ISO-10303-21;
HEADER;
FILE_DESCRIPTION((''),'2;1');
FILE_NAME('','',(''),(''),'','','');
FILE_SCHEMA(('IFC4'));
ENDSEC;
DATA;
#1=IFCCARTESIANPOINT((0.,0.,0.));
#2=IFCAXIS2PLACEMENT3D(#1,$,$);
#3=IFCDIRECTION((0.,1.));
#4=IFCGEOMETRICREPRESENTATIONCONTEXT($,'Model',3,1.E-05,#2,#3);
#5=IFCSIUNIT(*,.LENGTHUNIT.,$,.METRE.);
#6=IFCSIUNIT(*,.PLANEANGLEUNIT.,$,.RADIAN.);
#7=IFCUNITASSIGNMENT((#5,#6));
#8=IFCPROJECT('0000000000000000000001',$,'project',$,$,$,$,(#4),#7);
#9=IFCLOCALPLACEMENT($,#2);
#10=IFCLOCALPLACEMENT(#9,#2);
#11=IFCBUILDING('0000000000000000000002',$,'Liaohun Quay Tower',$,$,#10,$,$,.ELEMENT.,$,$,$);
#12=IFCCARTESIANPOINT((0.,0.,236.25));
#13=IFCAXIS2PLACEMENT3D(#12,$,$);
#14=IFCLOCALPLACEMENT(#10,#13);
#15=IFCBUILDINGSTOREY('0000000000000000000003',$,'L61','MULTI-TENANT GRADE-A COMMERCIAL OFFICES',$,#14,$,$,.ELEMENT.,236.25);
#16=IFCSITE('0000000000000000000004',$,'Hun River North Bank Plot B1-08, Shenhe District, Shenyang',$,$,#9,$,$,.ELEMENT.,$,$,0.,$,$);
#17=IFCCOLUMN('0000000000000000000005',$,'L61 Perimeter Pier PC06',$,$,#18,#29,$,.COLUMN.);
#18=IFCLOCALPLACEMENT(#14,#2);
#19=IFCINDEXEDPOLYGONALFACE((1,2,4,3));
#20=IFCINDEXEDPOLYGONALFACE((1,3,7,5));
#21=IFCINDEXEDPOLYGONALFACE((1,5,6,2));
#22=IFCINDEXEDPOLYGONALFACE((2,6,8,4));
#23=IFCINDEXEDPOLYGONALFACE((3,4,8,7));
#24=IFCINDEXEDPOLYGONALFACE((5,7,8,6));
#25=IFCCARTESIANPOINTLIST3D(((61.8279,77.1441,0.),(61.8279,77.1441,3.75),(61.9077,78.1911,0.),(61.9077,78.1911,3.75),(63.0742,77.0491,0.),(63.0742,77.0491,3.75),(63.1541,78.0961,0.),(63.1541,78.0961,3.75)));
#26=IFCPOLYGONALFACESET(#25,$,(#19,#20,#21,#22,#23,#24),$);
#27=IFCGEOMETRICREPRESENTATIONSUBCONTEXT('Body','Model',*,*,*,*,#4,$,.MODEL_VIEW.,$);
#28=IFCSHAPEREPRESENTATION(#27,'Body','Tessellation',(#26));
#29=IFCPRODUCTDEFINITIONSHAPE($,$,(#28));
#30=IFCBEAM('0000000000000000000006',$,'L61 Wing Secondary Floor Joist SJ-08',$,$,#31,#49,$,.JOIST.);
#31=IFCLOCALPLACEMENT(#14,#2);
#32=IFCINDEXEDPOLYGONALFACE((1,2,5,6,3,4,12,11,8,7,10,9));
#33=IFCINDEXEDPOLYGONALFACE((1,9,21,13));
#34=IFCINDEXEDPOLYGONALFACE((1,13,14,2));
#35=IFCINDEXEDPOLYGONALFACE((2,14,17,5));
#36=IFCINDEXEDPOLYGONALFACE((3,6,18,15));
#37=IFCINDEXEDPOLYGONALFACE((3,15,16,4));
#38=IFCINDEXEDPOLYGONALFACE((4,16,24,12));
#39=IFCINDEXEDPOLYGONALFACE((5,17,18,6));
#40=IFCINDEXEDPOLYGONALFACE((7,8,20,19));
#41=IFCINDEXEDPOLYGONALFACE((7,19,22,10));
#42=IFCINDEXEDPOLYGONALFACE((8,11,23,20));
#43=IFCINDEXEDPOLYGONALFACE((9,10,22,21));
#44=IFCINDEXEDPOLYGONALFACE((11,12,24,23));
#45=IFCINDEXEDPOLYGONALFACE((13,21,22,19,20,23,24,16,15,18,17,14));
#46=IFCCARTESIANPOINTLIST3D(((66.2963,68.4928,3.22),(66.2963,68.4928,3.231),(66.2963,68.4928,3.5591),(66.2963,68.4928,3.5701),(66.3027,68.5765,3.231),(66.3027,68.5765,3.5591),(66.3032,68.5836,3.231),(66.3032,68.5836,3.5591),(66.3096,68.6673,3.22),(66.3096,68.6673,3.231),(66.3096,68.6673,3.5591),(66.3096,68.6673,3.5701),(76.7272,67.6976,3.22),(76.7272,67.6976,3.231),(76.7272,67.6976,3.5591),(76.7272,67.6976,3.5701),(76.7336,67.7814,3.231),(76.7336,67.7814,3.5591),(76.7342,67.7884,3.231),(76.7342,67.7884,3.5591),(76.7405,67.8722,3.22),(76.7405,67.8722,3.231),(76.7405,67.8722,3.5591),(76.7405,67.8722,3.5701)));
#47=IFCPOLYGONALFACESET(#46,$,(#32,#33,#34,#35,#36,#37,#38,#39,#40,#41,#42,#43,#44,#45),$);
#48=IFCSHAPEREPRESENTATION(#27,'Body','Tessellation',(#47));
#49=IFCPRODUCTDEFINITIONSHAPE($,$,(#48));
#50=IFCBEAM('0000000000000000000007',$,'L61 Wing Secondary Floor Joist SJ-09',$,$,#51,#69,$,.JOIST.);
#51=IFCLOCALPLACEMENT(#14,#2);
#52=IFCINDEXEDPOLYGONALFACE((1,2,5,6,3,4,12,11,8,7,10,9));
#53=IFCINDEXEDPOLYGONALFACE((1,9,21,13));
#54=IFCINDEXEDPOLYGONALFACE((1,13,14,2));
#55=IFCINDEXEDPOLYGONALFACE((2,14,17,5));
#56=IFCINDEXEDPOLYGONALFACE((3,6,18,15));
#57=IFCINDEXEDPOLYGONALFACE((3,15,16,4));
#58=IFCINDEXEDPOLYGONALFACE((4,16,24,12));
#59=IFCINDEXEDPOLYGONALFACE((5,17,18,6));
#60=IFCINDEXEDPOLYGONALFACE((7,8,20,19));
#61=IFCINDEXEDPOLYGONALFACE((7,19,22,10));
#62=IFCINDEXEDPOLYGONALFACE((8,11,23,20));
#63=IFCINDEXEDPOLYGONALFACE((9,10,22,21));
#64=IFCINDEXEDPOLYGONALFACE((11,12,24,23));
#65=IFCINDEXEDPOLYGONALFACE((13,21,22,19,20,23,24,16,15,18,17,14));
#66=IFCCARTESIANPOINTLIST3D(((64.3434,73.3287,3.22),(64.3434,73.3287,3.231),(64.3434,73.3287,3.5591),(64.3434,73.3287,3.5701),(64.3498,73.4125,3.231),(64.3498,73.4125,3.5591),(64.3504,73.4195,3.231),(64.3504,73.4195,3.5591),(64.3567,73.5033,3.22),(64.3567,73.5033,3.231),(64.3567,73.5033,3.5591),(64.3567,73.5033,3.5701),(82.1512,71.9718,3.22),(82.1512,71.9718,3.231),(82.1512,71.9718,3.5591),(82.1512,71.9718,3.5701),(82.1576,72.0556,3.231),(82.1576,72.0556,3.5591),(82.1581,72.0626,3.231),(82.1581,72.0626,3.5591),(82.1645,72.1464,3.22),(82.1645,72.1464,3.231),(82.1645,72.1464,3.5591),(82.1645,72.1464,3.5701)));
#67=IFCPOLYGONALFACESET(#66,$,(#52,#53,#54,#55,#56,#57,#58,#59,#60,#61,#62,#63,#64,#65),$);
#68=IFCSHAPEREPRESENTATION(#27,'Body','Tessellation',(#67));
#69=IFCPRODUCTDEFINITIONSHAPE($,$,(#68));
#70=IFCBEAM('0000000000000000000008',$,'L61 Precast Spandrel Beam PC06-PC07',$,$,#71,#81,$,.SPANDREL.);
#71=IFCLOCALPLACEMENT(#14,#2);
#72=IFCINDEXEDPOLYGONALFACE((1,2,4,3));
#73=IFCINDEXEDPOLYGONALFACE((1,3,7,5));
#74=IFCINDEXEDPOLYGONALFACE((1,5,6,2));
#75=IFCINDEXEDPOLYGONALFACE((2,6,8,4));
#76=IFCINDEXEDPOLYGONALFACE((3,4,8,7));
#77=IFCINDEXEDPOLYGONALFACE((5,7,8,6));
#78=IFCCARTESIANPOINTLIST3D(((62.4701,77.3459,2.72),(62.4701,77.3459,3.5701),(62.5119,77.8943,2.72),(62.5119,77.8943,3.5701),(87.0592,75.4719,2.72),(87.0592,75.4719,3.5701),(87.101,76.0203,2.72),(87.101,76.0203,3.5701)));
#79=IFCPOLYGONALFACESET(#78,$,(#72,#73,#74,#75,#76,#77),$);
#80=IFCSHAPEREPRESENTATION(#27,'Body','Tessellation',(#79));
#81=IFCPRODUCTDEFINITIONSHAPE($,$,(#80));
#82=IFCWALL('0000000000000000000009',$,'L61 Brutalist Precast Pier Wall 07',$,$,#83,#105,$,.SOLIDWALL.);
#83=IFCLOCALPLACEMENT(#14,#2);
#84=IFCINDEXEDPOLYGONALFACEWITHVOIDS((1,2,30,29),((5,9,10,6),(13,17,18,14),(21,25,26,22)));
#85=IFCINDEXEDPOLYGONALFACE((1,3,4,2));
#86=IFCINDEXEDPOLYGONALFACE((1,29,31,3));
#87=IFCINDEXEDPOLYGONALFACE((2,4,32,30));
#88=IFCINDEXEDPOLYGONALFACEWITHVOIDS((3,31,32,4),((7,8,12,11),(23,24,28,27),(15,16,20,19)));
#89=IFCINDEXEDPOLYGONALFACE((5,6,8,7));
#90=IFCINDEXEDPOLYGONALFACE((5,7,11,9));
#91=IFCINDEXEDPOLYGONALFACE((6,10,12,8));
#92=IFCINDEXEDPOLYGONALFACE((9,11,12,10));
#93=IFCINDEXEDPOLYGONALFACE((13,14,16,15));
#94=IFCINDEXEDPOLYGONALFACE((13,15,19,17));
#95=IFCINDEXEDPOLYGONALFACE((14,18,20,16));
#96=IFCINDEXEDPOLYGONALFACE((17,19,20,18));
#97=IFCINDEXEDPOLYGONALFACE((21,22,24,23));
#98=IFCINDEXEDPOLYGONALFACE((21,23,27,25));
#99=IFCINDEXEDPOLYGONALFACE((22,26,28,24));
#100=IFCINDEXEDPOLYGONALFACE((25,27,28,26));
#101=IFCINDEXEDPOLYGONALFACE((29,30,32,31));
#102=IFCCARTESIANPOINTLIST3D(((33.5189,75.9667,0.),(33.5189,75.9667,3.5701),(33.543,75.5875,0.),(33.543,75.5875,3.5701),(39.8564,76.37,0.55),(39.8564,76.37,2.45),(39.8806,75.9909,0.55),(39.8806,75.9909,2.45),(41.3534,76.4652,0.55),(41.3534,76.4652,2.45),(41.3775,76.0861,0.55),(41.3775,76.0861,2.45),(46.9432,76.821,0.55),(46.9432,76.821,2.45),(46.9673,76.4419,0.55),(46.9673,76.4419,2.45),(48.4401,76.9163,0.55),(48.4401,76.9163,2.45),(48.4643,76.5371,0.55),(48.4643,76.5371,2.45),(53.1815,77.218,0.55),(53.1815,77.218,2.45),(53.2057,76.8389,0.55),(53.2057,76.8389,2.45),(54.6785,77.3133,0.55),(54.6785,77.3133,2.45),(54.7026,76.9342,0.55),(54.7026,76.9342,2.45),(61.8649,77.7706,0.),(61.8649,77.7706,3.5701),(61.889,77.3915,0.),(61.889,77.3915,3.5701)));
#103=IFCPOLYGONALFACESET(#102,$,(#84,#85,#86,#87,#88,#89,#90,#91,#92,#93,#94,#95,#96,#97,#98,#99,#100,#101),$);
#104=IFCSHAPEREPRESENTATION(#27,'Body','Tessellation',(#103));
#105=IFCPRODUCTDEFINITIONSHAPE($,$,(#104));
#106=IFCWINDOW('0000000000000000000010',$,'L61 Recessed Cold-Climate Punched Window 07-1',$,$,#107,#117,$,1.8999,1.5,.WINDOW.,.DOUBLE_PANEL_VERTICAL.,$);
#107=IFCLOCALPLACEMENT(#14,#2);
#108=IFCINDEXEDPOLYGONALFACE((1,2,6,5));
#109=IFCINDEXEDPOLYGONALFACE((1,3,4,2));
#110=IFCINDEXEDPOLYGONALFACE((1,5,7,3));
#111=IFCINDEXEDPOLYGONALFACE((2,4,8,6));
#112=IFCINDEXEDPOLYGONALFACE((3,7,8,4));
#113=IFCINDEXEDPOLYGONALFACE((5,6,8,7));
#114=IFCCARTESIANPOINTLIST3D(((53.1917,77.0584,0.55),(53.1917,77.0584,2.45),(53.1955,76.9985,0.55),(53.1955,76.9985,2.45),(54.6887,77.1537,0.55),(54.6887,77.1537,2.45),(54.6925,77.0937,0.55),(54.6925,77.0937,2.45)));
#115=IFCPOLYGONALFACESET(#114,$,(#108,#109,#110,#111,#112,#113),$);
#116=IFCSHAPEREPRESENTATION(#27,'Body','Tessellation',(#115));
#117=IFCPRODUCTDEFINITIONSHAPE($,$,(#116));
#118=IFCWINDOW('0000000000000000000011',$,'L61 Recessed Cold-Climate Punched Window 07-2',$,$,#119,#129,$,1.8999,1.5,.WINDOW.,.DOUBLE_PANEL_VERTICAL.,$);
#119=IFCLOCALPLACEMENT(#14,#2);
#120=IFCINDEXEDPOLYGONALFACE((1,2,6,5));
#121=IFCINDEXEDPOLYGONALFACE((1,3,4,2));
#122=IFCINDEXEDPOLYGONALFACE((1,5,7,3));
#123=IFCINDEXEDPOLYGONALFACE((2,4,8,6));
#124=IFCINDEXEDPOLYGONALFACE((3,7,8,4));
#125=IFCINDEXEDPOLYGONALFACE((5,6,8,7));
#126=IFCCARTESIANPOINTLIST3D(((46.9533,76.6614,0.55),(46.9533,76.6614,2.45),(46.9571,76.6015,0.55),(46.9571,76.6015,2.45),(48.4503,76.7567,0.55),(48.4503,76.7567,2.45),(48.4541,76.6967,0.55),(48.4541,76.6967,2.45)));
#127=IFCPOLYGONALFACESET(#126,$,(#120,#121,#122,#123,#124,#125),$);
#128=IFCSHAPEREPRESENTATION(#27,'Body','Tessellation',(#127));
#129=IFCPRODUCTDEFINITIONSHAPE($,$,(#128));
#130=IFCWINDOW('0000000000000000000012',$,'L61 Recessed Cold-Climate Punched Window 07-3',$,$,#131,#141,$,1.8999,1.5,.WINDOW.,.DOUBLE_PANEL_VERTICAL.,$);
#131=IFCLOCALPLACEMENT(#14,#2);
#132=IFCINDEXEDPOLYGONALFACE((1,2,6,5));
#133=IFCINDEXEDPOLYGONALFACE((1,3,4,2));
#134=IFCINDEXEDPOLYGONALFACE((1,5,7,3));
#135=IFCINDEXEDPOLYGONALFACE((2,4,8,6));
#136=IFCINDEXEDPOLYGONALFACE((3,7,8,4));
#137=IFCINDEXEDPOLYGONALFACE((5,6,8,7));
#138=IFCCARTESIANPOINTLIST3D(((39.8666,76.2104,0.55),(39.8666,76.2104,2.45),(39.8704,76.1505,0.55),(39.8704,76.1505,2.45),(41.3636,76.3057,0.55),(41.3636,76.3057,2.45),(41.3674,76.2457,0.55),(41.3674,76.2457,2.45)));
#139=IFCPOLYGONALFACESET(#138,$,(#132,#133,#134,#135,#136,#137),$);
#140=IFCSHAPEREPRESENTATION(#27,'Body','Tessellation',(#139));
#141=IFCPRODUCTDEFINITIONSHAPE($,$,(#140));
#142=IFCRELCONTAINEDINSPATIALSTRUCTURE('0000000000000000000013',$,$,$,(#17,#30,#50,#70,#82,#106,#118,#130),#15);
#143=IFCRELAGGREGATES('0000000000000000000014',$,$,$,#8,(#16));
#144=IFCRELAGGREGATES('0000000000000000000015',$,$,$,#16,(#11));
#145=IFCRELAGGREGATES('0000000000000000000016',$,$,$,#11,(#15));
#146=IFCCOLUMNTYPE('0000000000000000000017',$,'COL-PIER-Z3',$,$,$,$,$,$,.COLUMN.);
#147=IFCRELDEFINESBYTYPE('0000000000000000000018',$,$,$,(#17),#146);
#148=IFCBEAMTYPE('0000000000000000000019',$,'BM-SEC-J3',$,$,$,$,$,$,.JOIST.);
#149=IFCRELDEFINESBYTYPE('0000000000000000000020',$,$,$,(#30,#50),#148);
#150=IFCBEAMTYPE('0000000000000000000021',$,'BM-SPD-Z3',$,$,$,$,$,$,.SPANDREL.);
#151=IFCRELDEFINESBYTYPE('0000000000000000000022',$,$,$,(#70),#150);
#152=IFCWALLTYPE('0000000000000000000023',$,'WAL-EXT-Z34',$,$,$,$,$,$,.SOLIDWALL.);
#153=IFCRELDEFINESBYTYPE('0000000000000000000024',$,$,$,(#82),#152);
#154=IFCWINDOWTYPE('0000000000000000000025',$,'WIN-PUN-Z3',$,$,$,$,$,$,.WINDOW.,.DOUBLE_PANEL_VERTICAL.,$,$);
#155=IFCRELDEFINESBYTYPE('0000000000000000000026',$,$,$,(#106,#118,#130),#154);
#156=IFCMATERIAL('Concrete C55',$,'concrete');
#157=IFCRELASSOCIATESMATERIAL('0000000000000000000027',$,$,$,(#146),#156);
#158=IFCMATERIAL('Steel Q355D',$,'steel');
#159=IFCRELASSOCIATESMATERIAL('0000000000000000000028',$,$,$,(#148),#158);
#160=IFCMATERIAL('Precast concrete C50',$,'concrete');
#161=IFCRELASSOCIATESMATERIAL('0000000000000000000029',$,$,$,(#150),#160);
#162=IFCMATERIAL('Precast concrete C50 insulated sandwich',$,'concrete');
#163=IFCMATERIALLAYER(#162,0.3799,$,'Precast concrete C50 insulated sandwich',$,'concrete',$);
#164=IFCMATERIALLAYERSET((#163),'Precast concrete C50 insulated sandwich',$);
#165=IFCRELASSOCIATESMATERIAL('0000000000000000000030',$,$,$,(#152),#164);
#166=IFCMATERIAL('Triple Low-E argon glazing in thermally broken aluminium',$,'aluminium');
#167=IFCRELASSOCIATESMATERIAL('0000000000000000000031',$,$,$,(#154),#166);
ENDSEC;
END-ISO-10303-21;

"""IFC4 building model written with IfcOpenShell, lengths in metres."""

from ifc_helpers import new_model, si_unit, direction, frame, frame_2d, origin, origin_2d, place, context, subcontext, project, spatial, rectangle, i_section, extrude, source, transform, mapped, material, layer, layer_set, material_profile, profile_set, type_object, element, fill, save


model = new_model("IFC4")

# Units and contexts
model_context = context("Model", 3, precision=1e-05, world=origin(), true_north=direction((0.0, 1.0)))
body_context = subcontext(model_context, "Body", "Model", "MODEL_VIEW")
ifc_project = project(units=[si_unit("LENGTHUNIT", "METRE"), si_unit("PLANEANGLEUNIT", "RADIAN")], contexts=[model_context])

# Site, building, storey
site_placement = place(None, origin())
site = spatial("IfcSite", under=ifc_project, at=site_placement, Name="Hun River North Bank Plot B1-08, Shenhe District, Shenyang", CompositionType="ELEMENT", RefElevation=0.0)
building_placement = place(site_placement, origin())
building = spatial("IfcBuilding", under=site, at=building_placement, Name="Liaohun Quay Tower", CompositionType="ELEMENT")
storey_placement = place(building_placement, frame((0.0, 0.0, 236.25)))
storey = spatial("IfcBuildingStorey", under=building, at=storey_placement, Name="L61", Description="MULTI-TENANT GRADE-A COMMERCIAL OFFICES", CompositionType="ELEMENT", Elevation=236.25)

# Column
ifc_material_1 = material(Name="Concrete C55", Category="concrete")
ifc_material_profile_1 = material_profile(ifc_material_1, rectangle(XDim=1.25, YDim=1.05, at=origin_2d()), Name="RC1250x1050")
ifc_profile_set_1 = profile_set([ifc_material_profile_1], Name="Concrete C55")
column_type = type_object("IfcColumnType", Name="COL-PIER-Z3", PredefinedType="COLUMN", material=ifc_profile_set_1)
shared_shape_1 = source(origin(), body_context, "Body", "SweptSolid", [
    extrude(rectangle(XDim=1.25, YDim=1.05, at=origin_2d()), origin(), (0.0, 0.0, 1.0), 3.75),
])
column_placement = place(storey_placement, frame((62.491, 77.6201, 0.0), z_axis=(0.0, 0.0, 1.0), x_axis=(-0.997106, 0.076023, 0.0)))
element("IfcColumn", 1, at=column_placement, inside=storey, type_object=column_type, Name="L61 Perimeter Pier PC06", PredefinedType="COLUMN", context=body_context, shape_type="MappedRepresentation", body=[
    mapped(shared_shape_1, transform((0.0, 0.0, 0.0), x_axis=(1.0, 0.0, 0.0), y_axis=(0.0, 1.0, 0.0), z_axis=(0.0, 0.0, 1.0), scale=1.0)),
])

# Beams
ifc_material_2 = material(Name="Steel Q355D", Category="steel")
ifc_material_profile_2 = material_profile(ifc_material_2, i_section(OverallWidth=0.175, OverallDepth=0.3501, WebThickness=0.0071, FlangeThickness=0.011, at=origin_2d()), Name="HN350x175x7x11")
ifc_profile_set_2 = profile_set([ifc_material_profile_2], Name="Steel Q355D")
beam_type_1 = type_object("IfcBeamType", Name="BM-SEC-J3", PredefinedType="JOIST", material=ifc_profile_set_2)
shared_shape_2 = source(origin(), body_context, "Body", "SweptSolid", [
    extrude(i_section(OverallWidth=0.175, OverallDepth=0.3501, WebThickness=0.0071, FlangeThickness=0.011, at=origin_2d()), origin(), (0.0, 0.0, 1.0), 10.4612),
])
beam_1_placement = place(storey_placement, frame((66.303, 68.5801, 3.395), z_axis=(0.997107, -0.076011, 0.0), x_axis=(0.076011, 0.997107, 0.0)))
element("IfcBeam", 2, at=beam_1_placement, inside=storey, type_object=beam_type_1, Name="L61 Wing Secondary Floor Joist SJ-08", PredefinedType="JOIST", context=body_context, shape_type="MappedRepresentation", body=[
    mapped(shared_shape_2, transform((0.0, 0.0, 0.0), x_axis=(1.0, 0.0, 0.0), y_axis=(0.0, 1.0, 0.0), z_axis=(0.0, 0.0, 1.0), scale=1.0)),
])
shared_shape_3 = source(origin(), body_context, "Body", "SweptSolid", [
    extrude(i_section(OverallWidth=0.175, OverallDepth=0.3501, WebThickness=0.0071, FlangeThickness=0.011, at=origin_2d()), origin(), (0.0, 0.0, 1.0), 17.8594),
])
beam_2_placement = place(storey_placement, frame((64.3501, 73.416, 3.395), z_axis=(0.997109, -0.075978, 0.0), x_axis=(0.075978, 0.997109, 0.0)))
element("IfcBeam", 3, at=beam_2_placement, inside=storey, type_object=beam_type_1, Name="L61 Wing Secondary Floor Joist SJ-09", PredefinedType="JOIST", context=body_context, shape_type="MappedRepresentation", body=[
    mapped(shared_shape_3, transform((0.0, 0.0, 0.0), x_axis=(1.0, 0.0, 0.0), y_axis=(0.0, 1.0, 0.0), z_axis=(0.0, 0.0, 1.0), scale=1.0)),
])
ifc_material_3 = material(Name="Precast concrete C50", Category="concrete")
ifc_material_profile_3 = material_profile(ifc_material_3, rectangle(XDim=0.55, YDim=0.8501, at=origin_2d()), Name="RC550x850")
ifc_profile_set_3 = profile_set([ifc_material_profile_3], Name="Precast concrete C50")
beam_type_2 = type_object("IfcBeamType", Name="BM-SPD-Z3", PredefinedType="SPANDREL", material=ifc_profile_set_3)
shared_shape_4 = source(origin(), body_context, "Body", "SweptSolid", [
    extrude(rectangle(XDim=0.55, YDim=0.8501, at=origin_2d()), origin(), (0.0, 0.0, 1.0), 24.6604),
])
beam_3_placement = place(storey_placement, frame((62.491, 77.6201, 3.145), z_axis=(0.997108, -0.075993, 0.0), x_axis=(0.075993, 0.997108, 0.0)))
element("IfcBeam", 4, at=beam_3_placement, inside=storey, type_object=beam_type_2, Name="L61 Precast Spandrel Beam PC06-PC07", PredefinedType="SPANDREL", context=body_context, shape_type="MappedRepresentation", body=[
    mapped(shared_shape_4, transform((0.0, 0.0, 0.0), x_axis=(1.0, 0.0, 0.0), y_axis=(0.0, 1.0, 0.0), z_axis=(0.0, 0.0, 1.0), scale=1.0)),
])

# Wall, openings, windows
ifc_material_4 = material(Name="Precast concrete C50 insulated sandwich", Category="concrete")
ifc_layer_1 = layer(ifc_material_4, 0.3799, Name="Precast concrete C50 insulated sandwich", Category="concrete")
ifc_layer_set_1 = layer_set([ifc_layer_1], Name="Precast concrete C50 insulated sandwich")
wall_type_1 = type_object("IfcWallType", Name="WAL-EXT-Z34", PredefinedType="SOLIDWALL", material=ifc_layer_set_1)
wall_1_placement = place(storey_placement, frame((61.877, 77.5811, 0.0), z_axis=(0.0, 0.0, 1.0), x_axis=(-0.997981, -0.063512, 0.0)))
wall_1 = element("IfcWall", 5, at=wall_1_placement, inside=storey, type_object=wall_type_1, Name="L61 Brutalist Precast Pier Wall 07", PredefinedType="SOLIDWALL", context=body_context, shape_type="SweptSolid", body=[
    extrude(rectangle(XDim=28.4033, YDim=0.3799, at=frame_2d((14.2017, 0.0))), origin(), (0.0, 0.0, 1.0), 3.5701),
])
shared_shape_5 = source(origin(), body_context, "Body", "SweptSolid", [
    extrude(rectangle(XDim=1.5, YDim=1.8999, at=frame_2d((0.75, 0.95))), frame((0.0, 0.2, 0.0), z_axis=(0.0, -1.0, 0.0), x_axis=(1.0, 0.0, 0.0)), (0.0, 0.0, 1.0), 0.3999),
])
opening_1_placement = place(wall_1_placement, frame((7.2009, 0.0, 0.55)))
opening_1 = element("IfcOpeningElement", 6, at=opening_1_placement, cuts=wall_1, PredefinedType="OPENING", context=body_context, shape_type="MappedRepresentation", body=[
    mapped(shared_shape_5, transform((0.0, 0.0, 0.0), x_axis=(1.0, 0.0, 0.0), y_axis=(0.0, 1.0, 0.0), z_axis=(0.0, 0.0, 1.0), scale=1.0)),
])
opening_2_placement = place(wall_1_placement, frame((13.4519, 0.0, 0.55)))
opening_2 = element("IfcOpeningElement", 7, at=opening_2_placement, cuts=wall_1, PredefinedType="OPENING", context=body_context, shape_type="MappedRepresentation", body=[
    mapped(shared_shape_5, transform((0.0, 0.0, 0.0), x_axis=(1.0, 0.0, 0.0), y_axis=(0.0, 1.0, 0.0), z_axis=(0.0, 0.0, 1.0), scale=1.0)),
])
opening_3_placement = place(wall_1_placement, frame((20.553, 0.0, 0.55)))
opening_3 = element("IfcOpeningElement", 8, at=opening_3_placement, cuts=wall_1, PredefinedType="OPENING", context=body_context, shape_type="MappedRepresentation", body=[
    mapped(shared_shape_5, transform((0.0, 0.0, 0.0), x_axis=(1.0, 0.0, 0.0), y_axis=(0.0, 1.0, 0.0), z_axis=(0.0, 0.0, 1.0), scale=1.0)),
])
ifc_material_5 = material(Name="Triple Low-E argon glazing in thermally broken aluminium", Category="aluminium")
window_type = type_object("IfcWindowType", Name="WIN-PUN-Z3", PartitioningType="DOUBLE_PANEL_VERTICAL", PredefinedType="WINDOW", material=ifc_material_5)
shared_shape_6 = source(origin(), body_context, "Body", "SweptSolid", [
    extrude(rectangle(XDim=1.5, YDim=1.8999, at=frame_2d((0.75, 0.95))), frame((0.0, 0.03, 0.0), z_axis=(0.0, -1.0, 0.0), x_axis=(1.0, 0.0, 0.0)), (0.0, 0.0, 1.0), 0.0601),
])
window_1_placement = place(opening_1_placement, origin())
window_1 = element("IfcWindow", 9, at=window_1_placement, inside=storey, type_object=window_type, Name="L61 Recessed Cold-Climate Punched Window 07-1", OverallHeight=1.8999, OverallWidth=1.5, PartitioningType="DOUBLE_PANEL_VERTICAL", PredefinedType="WINDOW", context=body_context, shape_type="MappedRepresentation", body=[
    mapped(shared_shape_6, transform((0.0, 0.0, 0.0), x_axis=(1.0, 0.0, 0.0), y_axis=(0.0, 1.0, 0.0), z_axis=(0.0, 0.0, 1.0), scale=1.0)),
])
fill(opening_1, window_1)
window_2_placement = place(opening_2_placement, origin())
window_2 = element("IfcWindow", 10, at=window_2_placement, inside=storey, type_object=window_type, Name="L61 Recessed Cold-Climate Punched Window 07-2", OverallHeight=1.8999, OverallWidth=1.5, PartitioningType="DOUBLE_PANEL_VERTICAL", PredefinedType="WINDOW", context=body_context, shape_type="MappedRepresentation", body=[
    mapped(shared_shape_6, transform((0.0, 0.0, 0.0), x_axis=(1.0, 0.0, 0.0), y_axis=(0.0, 1.0, 0.0), z_axis=(0.0, 0.0, 1.0), scale=1.0)),
])
fill(opening_2, window_2)
window_3_placement = place(opening_3_placement, origin())
window_3 = element("IfcWindow", 11, at=window_3_placement, inside=storey, type_object=window_type, Name="L61 Recessed Cold-Climate Punched Window 07-3", OverallHeight=1.8999, OverallWidth=1.5, PartitioningType="DOUBLE_PANEL_VERTICAL", PredefinedType="WINDOW", context=body_context, shape_type="MappedRepresentation", body=[
    mapped(shared_shape_6, transform((0.0, 0.0, 0.0), x_axis=(1.0, 0.0, 0.0), y_axis=(0.0, 1.0, 0.0), z_axis=(0.0, 0.0, 1.0), scale=1.0)),
])
fill(opening_3, window_3)

save(model, "model.ifc")
